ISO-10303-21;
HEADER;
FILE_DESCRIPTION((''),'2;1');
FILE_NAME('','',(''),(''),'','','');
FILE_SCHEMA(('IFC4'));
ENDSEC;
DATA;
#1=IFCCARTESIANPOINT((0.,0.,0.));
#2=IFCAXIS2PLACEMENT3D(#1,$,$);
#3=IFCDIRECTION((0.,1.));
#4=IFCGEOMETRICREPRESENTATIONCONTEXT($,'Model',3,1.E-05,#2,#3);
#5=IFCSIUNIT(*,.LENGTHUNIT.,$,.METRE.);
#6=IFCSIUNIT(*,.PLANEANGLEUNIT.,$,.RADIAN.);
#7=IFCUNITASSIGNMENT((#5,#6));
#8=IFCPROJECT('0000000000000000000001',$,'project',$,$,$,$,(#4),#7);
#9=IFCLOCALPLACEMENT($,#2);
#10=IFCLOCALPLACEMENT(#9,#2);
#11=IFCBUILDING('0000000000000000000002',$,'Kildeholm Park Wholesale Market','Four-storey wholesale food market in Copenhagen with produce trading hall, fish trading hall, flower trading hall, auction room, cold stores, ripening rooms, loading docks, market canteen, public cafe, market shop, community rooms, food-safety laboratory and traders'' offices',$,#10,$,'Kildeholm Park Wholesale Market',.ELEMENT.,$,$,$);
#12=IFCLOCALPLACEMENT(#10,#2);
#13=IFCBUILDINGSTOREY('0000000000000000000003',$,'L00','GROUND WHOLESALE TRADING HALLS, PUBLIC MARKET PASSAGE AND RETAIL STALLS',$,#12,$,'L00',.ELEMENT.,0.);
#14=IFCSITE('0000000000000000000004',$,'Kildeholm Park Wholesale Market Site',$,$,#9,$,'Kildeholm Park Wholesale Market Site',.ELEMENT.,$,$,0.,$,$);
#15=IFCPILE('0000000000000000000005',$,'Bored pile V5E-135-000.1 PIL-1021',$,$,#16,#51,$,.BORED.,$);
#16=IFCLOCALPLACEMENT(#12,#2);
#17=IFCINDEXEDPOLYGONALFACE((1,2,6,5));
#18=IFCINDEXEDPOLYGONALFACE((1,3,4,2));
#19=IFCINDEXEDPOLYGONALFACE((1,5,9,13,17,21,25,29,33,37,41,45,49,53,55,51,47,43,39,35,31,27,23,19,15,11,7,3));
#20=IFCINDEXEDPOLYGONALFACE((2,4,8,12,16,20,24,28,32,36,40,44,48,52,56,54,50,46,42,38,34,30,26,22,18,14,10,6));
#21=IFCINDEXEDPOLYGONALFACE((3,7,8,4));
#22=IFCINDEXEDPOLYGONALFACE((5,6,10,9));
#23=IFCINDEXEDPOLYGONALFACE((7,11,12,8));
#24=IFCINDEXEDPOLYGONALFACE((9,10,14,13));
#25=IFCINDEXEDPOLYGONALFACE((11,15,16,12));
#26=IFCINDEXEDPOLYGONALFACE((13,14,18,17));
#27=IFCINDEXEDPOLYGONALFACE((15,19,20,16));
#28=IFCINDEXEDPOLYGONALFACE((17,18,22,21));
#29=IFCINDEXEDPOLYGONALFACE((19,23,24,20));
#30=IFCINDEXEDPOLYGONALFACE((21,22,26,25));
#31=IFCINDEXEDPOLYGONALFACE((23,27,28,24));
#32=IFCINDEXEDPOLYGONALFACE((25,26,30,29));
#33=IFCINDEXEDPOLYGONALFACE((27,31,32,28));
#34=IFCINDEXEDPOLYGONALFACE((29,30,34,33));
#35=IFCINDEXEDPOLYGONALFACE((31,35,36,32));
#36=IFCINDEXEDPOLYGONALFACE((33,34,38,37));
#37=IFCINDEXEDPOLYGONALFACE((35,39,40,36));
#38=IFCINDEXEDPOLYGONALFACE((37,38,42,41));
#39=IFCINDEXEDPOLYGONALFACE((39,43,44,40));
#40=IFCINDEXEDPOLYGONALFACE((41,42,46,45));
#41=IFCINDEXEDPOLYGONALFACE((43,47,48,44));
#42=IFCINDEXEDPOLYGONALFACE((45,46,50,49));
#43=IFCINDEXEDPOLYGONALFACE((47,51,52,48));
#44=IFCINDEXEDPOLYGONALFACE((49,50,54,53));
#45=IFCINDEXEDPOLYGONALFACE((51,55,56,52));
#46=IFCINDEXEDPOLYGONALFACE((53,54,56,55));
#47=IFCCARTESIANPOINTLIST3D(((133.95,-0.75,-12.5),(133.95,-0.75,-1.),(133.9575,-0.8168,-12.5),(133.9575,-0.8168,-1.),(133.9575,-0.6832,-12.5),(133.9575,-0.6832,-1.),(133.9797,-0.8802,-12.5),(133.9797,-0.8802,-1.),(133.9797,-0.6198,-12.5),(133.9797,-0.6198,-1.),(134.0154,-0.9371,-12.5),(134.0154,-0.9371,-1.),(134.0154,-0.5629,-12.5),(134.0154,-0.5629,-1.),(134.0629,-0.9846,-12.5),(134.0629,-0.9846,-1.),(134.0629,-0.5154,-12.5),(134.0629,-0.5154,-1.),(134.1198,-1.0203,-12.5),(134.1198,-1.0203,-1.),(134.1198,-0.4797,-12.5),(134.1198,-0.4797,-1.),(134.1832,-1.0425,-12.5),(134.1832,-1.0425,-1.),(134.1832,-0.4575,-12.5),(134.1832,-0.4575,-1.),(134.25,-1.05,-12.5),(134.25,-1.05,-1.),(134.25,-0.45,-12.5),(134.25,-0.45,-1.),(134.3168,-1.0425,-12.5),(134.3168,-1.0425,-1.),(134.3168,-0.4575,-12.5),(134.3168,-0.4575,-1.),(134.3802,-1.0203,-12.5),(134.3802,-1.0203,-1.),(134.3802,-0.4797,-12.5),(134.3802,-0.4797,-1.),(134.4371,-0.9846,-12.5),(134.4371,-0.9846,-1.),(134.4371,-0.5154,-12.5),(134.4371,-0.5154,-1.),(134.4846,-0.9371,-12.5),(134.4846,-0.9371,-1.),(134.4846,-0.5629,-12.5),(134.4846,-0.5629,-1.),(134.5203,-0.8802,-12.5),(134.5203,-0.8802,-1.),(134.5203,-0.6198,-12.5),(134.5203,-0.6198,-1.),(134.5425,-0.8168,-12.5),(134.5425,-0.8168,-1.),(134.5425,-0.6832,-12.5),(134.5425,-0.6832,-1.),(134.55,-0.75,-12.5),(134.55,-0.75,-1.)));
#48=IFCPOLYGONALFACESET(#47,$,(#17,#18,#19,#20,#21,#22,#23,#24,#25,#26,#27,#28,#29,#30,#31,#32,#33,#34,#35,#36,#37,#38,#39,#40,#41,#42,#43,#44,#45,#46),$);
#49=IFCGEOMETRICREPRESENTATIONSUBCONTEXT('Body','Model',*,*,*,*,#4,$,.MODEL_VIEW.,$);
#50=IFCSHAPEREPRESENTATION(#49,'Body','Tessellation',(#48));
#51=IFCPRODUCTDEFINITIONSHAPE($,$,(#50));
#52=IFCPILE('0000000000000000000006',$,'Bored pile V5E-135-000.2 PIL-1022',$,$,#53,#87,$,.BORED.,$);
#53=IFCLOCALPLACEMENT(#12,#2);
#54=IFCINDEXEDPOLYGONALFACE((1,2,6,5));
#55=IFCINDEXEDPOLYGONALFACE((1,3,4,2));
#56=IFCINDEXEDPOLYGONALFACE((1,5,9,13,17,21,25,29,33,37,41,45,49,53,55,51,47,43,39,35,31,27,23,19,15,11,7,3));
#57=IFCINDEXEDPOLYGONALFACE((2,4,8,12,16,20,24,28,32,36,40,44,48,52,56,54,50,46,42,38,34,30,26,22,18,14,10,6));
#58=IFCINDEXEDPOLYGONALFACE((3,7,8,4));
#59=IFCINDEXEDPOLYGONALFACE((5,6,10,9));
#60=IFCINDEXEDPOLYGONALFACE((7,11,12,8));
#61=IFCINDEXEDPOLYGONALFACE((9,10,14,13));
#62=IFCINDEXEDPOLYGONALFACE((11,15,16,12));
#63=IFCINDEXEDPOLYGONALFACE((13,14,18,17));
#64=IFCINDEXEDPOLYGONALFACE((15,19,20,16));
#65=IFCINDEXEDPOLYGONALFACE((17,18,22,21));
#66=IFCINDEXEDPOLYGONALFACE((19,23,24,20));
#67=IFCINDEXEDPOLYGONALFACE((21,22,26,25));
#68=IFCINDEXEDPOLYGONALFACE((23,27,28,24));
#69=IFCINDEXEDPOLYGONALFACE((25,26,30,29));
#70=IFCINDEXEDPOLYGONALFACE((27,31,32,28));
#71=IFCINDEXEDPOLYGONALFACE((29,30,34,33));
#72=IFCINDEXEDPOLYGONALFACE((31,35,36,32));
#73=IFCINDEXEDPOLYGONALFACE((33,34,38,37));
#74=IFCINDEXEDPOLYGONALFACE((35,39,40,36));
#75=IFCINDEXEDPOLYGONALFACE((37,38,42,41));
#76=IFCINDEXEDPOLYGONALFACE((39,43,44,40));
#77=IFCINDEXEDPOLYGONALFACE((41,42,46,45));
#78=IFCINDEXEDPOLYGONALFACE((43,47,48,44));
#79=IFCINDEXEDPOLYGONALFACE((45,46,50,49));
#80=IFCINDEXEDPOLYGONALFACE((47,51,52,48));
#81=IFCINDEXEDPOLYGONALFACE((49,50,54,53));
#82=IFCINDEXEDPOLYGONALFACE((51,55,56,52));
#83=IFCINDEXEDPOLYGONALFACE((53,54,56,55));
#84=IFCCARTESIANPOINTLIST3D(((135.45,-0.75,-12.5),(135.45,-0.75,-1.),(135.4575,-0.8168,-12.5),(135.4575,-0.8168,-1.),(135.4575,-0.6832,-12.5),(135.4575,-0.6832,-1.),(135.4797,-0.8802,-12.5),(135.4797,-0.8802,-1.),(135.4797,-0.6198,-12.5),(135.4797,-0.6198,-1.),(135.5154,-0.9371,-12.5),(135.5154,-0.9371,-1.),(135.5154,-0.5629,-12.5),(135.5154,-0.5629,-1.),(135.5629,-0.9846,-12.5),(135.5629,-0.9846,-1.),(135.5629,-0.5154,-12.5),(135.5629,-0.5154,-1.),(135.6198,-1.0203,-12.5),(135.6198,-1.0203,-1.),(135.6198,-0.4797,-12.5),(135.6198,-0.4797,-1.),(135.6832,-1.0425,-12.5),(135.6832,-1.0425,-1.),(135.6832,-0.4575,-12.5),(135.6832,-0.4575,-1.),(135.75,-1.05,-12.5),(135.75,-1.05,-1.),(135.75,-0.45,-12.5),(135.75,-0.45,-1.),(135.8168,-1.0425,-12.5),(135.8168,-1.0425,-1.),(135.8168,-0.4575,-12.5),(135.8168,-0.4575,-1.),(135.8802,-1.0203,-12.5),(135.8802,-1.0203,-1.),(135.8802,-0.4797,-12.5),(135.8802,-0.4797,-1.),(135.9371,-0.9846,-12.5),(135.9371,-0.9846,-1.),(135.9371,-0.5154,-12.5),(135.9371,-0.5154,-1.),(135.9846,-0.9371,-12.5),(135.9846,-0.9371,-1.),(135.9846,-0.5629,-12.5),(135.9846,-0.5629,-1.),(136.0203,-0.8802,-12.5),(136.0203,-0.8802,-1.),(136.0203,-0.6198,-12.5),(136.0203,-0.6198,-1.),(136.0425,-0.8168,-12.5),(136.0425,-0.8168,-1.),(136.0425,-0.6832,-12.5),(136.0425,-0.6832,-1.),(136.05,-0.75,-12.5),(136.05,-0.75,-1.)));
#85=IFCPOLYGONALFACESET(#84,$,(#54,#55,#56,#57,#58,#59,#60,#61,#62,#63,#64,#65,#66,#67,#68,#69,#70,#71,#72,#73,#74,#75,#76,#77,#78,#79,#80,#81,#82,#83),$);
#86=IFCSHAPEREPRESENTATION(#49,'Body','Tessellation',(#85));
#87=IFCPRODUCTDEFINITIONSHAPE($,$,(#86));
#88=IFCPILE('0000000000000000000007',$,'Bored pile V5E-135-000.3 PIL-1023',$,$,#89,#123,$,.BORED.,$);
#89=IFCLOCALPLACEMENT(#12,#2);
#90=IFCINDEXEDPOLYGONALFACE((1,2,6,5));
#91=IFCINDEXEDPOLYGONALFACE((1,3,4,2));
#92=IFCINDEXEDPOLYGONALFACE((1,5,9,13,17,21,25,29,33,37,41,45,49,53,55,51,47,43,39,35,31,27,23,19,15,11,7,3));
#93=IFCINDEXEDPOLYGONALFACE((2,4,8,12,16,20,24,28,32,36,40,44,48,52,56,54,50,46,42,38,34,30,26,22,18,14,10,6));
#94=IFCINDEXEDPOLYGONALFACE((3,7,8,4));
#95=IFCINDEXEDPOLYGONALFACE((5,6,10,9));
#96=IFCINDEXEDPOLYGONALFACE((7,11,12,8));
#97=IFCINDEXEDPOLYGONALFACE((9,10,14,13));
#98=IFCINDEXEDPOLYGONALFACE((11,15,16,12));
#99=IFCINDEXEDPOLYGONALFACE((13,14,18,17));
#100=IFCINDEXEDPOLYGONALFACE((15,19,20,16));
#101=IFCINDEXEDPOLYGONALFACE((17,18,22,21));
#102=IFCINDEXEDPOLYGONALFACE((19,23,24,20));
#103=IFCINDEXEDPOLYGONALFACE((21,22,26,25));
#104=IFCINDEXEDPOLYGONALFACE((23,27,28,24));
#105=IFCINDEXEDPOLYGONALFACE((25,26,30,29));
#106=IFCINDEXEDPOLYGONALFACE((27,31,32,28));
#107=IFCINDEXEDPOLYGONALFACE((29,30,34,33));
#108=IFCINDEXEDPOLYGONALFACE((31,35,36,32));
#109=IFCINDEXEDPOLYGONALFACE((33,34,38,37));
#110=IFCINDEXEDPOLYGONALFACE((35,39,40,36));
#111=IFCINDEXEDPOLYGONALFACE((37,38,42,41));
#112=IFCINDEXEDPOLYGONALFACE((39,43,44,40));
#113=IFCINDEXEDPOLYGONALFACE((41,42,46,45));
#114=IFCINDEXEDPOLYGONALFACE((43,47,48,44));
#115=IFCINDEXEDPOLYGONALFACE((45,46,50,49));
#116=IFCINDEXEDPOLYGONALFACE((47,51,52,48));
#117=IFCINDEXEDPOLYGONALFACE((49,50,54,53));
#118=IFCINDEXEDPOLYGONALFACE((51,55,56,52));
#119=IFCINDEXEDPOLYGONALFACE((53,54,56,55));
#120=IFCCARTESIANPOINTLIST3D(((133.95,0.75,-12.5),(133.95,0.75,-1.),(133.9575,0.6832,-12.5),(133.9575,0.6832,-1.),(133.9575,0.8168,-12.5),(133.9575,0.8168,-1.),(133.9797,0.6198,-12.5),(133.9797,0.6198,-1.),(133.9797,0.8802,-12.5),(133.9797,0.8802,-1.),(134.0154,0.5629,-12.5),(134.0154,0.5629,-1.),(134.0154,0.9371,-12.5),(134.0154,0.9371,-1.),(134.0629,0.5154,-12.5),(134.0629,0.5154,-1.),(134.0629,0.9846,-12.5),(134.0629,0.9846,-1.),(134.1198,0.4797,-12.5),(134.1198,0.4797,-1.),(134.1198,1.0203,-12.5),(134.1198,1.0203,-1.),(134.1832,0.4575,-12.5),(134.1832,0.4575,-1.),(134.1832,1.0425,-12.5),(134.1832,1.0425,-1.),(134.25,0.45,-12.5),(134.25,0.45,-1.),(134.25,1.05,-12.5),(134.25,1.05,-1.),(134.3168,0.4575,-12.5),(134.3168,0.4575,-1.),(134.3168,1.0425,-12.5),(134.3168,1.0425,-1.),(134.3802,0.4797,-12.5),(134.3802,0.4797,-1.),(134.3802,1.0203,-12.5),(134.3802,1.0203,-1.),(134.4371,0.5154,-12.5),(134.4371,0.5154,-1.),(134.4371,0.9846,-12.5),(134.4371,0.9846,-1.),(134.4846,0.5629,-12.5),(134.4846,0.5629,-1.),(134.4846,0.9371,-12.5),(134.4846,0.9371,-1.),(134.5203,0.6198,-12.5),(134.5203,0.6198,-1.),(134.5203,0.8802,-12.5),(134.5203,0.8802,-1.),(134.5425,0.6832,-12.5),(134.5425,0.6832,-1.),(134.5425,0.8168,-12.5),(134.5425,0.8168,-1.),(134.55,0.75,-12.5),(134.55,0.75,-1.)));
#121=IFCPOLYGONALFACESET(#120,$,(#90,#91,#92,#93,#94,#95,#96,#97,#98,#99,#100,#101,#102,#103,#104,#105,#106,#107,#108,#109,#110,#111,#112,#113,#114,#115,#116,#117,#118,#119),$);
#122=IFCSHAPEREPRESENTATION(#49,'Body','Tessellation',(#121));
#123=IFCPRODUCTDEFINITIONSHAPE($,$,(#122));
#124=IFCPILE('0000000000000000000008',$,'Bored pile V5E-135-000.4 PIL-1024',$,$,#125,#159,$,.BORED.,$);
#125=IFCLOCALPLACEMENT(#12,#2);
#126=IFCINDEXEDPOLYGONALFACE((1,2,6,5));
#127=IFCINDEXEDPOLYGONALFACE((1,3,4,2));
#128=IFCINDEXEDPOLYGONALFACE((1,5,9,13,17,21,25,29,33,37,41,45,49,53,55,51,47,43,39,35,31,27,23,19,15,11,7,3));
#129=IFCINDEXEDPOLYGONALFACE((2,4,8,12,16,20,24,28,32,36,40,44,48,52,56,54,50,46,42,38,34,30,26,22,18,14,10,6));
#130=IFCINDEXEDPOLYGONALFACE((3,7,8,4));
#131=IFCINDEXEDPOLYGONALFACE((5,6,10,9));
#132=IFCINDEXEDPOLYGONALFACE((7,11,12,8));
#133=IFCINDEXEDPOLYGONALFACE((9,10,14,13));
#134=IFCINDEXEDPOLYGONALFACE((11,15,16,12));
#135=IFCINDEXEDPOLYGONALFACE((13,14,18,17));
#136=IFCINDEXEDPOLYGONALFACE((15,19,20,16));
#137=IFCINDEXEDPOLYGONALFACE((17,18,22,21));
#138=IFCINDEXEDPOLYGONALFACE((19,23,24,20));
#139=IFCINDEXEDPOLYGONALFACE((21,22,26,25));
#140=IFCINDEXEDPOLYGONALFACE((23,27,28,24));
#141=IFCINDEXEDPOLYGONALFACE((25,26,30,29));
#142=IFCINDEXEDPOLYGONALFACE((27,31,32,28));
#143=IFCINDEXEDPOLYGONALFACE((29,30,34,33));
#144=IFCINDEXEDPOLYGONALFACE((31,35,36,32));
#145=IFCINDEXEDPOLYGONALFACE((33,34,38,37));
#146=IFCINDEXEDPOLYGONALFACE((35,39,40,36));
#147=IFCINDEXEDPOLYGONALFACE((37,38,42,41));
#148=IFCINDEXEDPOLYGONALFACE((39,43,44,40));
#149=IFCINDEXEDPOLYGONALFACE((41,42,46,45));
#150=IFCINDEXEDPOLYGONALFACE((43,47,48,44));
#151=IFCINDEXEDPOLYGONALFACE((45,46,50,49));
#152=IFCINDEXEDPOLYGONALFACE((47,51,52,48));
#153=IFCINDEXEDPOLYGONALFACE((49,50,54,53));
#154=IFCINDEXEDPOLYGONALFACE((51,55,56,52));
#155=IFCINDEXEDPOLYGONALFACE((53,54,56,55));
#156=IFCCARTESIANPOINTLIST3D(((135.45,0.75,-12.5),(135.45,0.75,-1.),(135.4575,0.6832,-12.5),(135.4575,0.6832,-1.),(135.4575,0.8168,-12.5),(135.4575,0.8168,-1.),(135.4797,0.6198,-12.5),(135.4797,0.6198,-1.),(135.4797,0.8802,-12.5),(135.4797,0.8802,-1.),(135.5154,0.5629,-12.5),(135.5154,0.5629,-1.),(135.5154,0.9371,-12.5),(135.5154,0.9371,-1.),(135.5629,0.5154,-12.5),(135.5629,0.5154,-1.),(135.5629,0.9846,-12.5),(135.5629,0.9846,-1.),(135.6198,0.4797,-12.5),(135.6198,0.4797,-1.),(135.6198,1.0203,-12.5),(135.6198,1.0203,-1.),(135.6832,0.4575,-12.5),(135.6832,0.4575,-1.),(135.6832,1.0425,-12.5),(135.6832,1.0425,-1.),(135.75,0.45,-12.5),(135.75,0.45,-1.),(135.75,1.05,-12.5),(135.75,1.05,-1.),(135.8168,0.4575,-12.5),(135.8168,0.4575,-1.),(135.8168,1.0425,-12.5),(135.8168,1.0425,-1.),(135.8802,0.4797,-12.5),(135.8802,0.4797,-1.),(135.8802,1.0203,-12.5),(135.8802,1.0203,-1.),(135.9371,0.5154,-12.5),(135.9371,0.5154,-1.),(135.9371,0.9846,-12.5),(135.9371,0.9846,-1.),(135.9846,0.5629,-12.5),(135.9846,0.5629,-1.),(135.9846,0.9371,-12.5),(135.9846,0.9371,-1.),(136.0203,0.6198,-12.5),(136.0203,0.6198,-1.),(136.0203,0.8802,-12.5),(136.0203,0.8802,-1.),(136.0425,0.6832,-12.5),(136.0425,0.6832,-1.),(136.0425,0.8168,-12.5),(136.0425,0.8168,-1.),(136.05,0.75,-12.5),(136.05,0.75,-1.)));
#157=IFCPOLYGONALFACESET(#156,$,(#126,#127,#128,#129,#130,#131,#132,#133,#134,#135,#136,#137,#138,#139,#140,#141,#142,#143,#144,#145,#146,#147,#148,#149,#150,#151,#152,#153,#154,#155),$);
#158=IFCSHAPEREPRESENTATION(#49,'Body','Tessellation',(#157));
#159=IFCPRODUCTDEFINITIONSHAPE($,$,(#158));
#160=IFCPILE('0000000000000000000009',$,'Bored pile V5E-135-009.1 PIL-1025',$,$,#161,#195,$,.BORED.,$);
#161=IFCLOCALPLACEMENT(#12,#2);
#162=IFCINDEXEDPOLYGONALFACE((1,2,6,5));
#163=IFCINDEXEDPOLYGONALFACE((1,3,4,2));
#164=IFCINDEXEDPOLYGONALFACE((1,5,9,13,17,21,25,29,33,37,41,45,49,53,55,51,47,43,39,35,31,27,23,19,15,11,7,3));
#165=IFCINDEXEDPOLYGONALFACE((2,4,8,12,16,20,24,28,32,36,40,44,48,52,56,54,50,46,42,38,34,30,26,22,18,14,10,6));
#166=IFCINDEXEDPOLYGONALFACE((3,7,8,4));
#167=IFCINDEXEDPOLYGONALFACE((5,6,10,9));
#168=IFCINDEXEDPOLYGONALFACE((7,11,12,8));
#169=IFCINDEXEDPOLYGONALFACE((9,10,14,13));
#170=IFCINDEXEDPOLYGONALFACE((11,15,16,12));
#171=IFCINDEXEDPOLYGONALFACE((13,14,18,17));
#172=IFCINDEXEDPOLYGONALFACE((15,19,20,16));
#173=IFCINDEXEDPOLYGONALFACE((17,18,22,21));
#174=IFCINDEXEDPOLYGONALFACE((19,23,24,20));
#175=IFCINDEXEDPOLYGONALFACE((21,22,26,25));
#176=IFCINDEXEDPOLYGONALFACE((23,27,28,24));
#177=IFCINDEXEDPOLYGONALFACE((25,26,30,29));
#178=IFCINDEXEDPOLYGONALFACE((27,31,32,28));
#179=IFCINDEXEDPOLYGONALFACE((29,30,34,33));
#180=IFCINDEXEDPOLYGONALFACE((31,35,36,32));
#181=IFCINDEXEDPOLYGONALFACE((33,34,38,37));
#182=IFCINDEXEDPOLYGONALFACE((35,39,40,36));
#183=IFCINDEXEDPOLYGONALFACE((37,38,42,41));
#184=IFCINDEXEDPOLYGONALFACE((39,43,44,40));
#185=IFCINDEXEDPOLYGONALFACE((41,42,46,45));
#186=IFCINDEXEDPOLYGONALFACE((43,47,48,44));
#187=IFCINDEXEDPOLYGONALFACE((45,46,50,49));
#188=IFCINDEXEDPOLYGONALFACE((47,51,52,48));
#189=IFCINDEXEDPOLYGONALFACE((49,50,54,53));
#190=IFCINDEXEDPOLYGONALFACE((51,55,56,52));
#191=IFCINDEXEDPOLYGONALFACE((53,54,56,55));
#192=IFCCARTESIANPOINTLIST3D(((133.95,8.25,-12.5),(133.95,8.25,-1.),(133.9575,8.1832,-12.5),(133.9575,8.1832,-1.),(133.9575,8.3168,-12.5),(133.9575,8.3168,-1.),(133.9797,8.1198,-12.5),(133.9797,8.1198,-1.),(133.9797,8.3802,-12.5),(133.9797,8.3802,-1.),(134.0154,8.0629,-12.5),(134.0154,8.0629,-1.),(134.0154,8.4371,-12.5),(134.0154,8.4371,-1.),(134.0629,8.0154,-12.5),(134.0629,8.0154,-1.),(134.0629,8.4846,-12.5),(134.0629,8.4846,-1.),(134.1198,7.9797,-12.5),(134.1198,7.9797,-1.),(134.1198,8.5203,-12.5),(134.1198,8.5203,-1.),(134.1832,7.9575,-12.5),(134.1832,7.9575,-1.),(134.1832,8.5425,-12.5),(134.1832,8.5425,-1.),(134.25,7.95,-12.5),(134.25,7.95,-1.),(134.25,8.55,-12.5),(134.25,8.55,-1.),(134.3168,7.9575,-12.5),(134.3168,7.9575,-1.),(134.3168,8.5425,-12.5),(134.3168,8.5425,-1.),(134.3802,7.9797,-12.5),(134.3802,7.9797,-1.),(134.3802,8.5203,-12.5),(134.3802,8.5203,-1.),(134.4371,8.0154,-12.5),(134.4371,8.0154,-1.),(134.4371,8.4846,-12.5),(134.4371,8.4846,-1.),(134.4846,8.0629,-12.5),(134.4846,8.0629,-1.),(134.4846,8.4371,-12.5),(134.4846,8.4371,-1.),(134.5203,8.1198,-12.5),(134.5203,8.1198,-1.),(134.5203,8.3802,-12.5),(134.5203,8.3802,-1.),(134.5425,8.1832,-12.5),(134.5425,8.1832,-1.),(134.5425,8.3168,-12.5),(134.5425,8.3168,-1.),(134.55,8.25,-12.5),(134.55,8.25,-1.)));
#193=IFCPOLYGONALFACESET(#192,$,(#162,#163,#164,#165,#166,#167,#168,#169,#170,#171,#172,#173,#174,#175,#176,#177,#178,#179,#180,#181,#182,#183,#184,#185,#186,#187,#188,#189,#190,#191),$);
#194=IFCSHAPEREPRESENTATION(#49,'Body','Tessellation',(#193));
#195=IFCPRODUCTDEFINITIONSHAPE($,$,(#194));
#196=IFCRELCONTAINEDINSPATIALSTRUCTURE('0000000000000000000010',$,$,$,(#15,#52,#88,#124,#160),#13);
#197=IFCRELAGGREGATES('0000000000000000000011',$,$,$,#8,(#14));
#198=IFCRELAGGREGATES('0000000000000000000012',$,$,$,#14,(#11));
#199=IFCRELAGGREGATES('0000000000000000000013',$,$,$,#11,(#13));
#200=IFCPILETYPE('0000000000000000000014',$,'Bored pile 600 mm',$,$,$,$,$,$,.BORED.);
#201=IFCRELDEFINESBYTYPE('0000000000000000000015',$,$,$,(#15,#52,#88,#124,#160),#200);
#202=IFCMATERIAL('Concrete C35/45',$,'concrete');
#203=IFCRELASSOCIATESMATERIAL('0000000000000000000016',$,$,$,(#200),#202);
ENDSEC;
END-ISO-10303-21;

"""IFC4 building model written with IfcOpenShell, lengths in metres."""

from ifc_helpers import new_model, si_unit, direction, frame, origin, origin_2d, place, context, subcontext, project, spatial, circle, extrude, material, material_profile, profile_set, type_object, element, save


model = new_model("IFC4")

# Units and contexts
model_context = context("Model", 3, precision=1e-05, world=origin(), true_north=direction((0.0, 1.0)))
body_context = subcontext(model_context, "Body", "Model", "MODEL_VIEW")
ifc_project = project(units=[si_unit("LENGTHUNIT", "METRE"), si_unit("PLANEANGLEUNIT", "RADIAN")], contexts=[model_context])

# Site, building, storey
site_placement = place(None, origin())
site = spatial("IfcSite", under=ifc_project, at=site_placement, Name="Kildeholm Park Wholesale Market Site", LongName="Kildeholm Park Wholesale Market Site", CompositionType="ELEMENT", RefElevation=0.0)
building_placement = place(site_placement, origin())
building = spatial("IfcBuilding", under=site, at=building_placement, Name="Kildeholm Park Wholesale Market", Description="Four-storey wholesale food market in Copenhagen with produce trading hall, fish trading hall, flower trading hall, auction room, cold stores, ripening rooms, loading docks, market canteen, public cafe, market shop, community rooms, food-safety laboratory and traders' offices", LongName="Kildeholm Park Wholesale Market", CompositionType="ELEMENT")
storey_placement = place(building_placement, origin())
storey = spatial("IfcBuildingStorey", under=building, at=storey_placement, Name="L00", Description="GROUND WHOLESALE TRADING HALLS, PUBLIC MARKET PASSAGE AND RETAIL STALLS", LongName="L00", CompositionType="ELEMENT", Elevation=0.0)

# Piles
ifc_material_1 = material(Name="Concrete C35/45", Category="concrete")
ifc_material_profile_1 = material_profile(ifc_material_1, circle(Radius=0.3, at=origin_2d()), Name="PILE D600")
ifc_profile_set_1 = profile_set([ifc_material_profile_1], Name="Concrete C35/45")
pile_type = type_object("IfcPileType", Name="Bored pile 600 mm", PredefinedType="BORED", material=ifc_profile_set_1)
for number, where, z_axis, x_axis, name in (
    (1, (134.25, -0.75, -1.0), (0.0, 0.0, -1.0), (1.0, 0.0, 0.0), "Bored pile V5E-135-000.1 PIL-1021"),
    (2, (135.75, -0.75, -1.0), (0.0, 0.0, -1.0), (1.0, 0.0, 0.0), "Bored pile V5E-135-000.2 PIL-1022"),
    (3, (134.25, 0.75, -1.0), (0.0, 0.0, -1.0), (1.0, 0.0, 0.0), "Bored pile V5E-135-000.3 PIL-1023"),
    (4, (135.75, 0.75, -1.0), (0.0, 0.0, -1.0), (1.0, 0.0, 0.0), "Bored pile V5E-135-000.4 PIL-1024"),
    (5, (134.25, 8.25, -1.0), (0.0, 0.0, -1.0), (1.0, 0.0, 0.0), "Bored pile V5E-135-009.1 PIL-1025"),
):
    element("IfcPile", number, at=place(storey_placement, frame(where, z_axis=z_axis, x_axis=x_axis)), inside=storey, type_object=pile_type, Name=name, PredefinedType="BORED", context=body_context, shape_type="SweptSolid", body=[
        extrude(circle(Radius=0.3, at=origin_2d()), origin(), (0.0, 0.0, 1.0), 11.5),
    ])

save(model, "model.ifc")
